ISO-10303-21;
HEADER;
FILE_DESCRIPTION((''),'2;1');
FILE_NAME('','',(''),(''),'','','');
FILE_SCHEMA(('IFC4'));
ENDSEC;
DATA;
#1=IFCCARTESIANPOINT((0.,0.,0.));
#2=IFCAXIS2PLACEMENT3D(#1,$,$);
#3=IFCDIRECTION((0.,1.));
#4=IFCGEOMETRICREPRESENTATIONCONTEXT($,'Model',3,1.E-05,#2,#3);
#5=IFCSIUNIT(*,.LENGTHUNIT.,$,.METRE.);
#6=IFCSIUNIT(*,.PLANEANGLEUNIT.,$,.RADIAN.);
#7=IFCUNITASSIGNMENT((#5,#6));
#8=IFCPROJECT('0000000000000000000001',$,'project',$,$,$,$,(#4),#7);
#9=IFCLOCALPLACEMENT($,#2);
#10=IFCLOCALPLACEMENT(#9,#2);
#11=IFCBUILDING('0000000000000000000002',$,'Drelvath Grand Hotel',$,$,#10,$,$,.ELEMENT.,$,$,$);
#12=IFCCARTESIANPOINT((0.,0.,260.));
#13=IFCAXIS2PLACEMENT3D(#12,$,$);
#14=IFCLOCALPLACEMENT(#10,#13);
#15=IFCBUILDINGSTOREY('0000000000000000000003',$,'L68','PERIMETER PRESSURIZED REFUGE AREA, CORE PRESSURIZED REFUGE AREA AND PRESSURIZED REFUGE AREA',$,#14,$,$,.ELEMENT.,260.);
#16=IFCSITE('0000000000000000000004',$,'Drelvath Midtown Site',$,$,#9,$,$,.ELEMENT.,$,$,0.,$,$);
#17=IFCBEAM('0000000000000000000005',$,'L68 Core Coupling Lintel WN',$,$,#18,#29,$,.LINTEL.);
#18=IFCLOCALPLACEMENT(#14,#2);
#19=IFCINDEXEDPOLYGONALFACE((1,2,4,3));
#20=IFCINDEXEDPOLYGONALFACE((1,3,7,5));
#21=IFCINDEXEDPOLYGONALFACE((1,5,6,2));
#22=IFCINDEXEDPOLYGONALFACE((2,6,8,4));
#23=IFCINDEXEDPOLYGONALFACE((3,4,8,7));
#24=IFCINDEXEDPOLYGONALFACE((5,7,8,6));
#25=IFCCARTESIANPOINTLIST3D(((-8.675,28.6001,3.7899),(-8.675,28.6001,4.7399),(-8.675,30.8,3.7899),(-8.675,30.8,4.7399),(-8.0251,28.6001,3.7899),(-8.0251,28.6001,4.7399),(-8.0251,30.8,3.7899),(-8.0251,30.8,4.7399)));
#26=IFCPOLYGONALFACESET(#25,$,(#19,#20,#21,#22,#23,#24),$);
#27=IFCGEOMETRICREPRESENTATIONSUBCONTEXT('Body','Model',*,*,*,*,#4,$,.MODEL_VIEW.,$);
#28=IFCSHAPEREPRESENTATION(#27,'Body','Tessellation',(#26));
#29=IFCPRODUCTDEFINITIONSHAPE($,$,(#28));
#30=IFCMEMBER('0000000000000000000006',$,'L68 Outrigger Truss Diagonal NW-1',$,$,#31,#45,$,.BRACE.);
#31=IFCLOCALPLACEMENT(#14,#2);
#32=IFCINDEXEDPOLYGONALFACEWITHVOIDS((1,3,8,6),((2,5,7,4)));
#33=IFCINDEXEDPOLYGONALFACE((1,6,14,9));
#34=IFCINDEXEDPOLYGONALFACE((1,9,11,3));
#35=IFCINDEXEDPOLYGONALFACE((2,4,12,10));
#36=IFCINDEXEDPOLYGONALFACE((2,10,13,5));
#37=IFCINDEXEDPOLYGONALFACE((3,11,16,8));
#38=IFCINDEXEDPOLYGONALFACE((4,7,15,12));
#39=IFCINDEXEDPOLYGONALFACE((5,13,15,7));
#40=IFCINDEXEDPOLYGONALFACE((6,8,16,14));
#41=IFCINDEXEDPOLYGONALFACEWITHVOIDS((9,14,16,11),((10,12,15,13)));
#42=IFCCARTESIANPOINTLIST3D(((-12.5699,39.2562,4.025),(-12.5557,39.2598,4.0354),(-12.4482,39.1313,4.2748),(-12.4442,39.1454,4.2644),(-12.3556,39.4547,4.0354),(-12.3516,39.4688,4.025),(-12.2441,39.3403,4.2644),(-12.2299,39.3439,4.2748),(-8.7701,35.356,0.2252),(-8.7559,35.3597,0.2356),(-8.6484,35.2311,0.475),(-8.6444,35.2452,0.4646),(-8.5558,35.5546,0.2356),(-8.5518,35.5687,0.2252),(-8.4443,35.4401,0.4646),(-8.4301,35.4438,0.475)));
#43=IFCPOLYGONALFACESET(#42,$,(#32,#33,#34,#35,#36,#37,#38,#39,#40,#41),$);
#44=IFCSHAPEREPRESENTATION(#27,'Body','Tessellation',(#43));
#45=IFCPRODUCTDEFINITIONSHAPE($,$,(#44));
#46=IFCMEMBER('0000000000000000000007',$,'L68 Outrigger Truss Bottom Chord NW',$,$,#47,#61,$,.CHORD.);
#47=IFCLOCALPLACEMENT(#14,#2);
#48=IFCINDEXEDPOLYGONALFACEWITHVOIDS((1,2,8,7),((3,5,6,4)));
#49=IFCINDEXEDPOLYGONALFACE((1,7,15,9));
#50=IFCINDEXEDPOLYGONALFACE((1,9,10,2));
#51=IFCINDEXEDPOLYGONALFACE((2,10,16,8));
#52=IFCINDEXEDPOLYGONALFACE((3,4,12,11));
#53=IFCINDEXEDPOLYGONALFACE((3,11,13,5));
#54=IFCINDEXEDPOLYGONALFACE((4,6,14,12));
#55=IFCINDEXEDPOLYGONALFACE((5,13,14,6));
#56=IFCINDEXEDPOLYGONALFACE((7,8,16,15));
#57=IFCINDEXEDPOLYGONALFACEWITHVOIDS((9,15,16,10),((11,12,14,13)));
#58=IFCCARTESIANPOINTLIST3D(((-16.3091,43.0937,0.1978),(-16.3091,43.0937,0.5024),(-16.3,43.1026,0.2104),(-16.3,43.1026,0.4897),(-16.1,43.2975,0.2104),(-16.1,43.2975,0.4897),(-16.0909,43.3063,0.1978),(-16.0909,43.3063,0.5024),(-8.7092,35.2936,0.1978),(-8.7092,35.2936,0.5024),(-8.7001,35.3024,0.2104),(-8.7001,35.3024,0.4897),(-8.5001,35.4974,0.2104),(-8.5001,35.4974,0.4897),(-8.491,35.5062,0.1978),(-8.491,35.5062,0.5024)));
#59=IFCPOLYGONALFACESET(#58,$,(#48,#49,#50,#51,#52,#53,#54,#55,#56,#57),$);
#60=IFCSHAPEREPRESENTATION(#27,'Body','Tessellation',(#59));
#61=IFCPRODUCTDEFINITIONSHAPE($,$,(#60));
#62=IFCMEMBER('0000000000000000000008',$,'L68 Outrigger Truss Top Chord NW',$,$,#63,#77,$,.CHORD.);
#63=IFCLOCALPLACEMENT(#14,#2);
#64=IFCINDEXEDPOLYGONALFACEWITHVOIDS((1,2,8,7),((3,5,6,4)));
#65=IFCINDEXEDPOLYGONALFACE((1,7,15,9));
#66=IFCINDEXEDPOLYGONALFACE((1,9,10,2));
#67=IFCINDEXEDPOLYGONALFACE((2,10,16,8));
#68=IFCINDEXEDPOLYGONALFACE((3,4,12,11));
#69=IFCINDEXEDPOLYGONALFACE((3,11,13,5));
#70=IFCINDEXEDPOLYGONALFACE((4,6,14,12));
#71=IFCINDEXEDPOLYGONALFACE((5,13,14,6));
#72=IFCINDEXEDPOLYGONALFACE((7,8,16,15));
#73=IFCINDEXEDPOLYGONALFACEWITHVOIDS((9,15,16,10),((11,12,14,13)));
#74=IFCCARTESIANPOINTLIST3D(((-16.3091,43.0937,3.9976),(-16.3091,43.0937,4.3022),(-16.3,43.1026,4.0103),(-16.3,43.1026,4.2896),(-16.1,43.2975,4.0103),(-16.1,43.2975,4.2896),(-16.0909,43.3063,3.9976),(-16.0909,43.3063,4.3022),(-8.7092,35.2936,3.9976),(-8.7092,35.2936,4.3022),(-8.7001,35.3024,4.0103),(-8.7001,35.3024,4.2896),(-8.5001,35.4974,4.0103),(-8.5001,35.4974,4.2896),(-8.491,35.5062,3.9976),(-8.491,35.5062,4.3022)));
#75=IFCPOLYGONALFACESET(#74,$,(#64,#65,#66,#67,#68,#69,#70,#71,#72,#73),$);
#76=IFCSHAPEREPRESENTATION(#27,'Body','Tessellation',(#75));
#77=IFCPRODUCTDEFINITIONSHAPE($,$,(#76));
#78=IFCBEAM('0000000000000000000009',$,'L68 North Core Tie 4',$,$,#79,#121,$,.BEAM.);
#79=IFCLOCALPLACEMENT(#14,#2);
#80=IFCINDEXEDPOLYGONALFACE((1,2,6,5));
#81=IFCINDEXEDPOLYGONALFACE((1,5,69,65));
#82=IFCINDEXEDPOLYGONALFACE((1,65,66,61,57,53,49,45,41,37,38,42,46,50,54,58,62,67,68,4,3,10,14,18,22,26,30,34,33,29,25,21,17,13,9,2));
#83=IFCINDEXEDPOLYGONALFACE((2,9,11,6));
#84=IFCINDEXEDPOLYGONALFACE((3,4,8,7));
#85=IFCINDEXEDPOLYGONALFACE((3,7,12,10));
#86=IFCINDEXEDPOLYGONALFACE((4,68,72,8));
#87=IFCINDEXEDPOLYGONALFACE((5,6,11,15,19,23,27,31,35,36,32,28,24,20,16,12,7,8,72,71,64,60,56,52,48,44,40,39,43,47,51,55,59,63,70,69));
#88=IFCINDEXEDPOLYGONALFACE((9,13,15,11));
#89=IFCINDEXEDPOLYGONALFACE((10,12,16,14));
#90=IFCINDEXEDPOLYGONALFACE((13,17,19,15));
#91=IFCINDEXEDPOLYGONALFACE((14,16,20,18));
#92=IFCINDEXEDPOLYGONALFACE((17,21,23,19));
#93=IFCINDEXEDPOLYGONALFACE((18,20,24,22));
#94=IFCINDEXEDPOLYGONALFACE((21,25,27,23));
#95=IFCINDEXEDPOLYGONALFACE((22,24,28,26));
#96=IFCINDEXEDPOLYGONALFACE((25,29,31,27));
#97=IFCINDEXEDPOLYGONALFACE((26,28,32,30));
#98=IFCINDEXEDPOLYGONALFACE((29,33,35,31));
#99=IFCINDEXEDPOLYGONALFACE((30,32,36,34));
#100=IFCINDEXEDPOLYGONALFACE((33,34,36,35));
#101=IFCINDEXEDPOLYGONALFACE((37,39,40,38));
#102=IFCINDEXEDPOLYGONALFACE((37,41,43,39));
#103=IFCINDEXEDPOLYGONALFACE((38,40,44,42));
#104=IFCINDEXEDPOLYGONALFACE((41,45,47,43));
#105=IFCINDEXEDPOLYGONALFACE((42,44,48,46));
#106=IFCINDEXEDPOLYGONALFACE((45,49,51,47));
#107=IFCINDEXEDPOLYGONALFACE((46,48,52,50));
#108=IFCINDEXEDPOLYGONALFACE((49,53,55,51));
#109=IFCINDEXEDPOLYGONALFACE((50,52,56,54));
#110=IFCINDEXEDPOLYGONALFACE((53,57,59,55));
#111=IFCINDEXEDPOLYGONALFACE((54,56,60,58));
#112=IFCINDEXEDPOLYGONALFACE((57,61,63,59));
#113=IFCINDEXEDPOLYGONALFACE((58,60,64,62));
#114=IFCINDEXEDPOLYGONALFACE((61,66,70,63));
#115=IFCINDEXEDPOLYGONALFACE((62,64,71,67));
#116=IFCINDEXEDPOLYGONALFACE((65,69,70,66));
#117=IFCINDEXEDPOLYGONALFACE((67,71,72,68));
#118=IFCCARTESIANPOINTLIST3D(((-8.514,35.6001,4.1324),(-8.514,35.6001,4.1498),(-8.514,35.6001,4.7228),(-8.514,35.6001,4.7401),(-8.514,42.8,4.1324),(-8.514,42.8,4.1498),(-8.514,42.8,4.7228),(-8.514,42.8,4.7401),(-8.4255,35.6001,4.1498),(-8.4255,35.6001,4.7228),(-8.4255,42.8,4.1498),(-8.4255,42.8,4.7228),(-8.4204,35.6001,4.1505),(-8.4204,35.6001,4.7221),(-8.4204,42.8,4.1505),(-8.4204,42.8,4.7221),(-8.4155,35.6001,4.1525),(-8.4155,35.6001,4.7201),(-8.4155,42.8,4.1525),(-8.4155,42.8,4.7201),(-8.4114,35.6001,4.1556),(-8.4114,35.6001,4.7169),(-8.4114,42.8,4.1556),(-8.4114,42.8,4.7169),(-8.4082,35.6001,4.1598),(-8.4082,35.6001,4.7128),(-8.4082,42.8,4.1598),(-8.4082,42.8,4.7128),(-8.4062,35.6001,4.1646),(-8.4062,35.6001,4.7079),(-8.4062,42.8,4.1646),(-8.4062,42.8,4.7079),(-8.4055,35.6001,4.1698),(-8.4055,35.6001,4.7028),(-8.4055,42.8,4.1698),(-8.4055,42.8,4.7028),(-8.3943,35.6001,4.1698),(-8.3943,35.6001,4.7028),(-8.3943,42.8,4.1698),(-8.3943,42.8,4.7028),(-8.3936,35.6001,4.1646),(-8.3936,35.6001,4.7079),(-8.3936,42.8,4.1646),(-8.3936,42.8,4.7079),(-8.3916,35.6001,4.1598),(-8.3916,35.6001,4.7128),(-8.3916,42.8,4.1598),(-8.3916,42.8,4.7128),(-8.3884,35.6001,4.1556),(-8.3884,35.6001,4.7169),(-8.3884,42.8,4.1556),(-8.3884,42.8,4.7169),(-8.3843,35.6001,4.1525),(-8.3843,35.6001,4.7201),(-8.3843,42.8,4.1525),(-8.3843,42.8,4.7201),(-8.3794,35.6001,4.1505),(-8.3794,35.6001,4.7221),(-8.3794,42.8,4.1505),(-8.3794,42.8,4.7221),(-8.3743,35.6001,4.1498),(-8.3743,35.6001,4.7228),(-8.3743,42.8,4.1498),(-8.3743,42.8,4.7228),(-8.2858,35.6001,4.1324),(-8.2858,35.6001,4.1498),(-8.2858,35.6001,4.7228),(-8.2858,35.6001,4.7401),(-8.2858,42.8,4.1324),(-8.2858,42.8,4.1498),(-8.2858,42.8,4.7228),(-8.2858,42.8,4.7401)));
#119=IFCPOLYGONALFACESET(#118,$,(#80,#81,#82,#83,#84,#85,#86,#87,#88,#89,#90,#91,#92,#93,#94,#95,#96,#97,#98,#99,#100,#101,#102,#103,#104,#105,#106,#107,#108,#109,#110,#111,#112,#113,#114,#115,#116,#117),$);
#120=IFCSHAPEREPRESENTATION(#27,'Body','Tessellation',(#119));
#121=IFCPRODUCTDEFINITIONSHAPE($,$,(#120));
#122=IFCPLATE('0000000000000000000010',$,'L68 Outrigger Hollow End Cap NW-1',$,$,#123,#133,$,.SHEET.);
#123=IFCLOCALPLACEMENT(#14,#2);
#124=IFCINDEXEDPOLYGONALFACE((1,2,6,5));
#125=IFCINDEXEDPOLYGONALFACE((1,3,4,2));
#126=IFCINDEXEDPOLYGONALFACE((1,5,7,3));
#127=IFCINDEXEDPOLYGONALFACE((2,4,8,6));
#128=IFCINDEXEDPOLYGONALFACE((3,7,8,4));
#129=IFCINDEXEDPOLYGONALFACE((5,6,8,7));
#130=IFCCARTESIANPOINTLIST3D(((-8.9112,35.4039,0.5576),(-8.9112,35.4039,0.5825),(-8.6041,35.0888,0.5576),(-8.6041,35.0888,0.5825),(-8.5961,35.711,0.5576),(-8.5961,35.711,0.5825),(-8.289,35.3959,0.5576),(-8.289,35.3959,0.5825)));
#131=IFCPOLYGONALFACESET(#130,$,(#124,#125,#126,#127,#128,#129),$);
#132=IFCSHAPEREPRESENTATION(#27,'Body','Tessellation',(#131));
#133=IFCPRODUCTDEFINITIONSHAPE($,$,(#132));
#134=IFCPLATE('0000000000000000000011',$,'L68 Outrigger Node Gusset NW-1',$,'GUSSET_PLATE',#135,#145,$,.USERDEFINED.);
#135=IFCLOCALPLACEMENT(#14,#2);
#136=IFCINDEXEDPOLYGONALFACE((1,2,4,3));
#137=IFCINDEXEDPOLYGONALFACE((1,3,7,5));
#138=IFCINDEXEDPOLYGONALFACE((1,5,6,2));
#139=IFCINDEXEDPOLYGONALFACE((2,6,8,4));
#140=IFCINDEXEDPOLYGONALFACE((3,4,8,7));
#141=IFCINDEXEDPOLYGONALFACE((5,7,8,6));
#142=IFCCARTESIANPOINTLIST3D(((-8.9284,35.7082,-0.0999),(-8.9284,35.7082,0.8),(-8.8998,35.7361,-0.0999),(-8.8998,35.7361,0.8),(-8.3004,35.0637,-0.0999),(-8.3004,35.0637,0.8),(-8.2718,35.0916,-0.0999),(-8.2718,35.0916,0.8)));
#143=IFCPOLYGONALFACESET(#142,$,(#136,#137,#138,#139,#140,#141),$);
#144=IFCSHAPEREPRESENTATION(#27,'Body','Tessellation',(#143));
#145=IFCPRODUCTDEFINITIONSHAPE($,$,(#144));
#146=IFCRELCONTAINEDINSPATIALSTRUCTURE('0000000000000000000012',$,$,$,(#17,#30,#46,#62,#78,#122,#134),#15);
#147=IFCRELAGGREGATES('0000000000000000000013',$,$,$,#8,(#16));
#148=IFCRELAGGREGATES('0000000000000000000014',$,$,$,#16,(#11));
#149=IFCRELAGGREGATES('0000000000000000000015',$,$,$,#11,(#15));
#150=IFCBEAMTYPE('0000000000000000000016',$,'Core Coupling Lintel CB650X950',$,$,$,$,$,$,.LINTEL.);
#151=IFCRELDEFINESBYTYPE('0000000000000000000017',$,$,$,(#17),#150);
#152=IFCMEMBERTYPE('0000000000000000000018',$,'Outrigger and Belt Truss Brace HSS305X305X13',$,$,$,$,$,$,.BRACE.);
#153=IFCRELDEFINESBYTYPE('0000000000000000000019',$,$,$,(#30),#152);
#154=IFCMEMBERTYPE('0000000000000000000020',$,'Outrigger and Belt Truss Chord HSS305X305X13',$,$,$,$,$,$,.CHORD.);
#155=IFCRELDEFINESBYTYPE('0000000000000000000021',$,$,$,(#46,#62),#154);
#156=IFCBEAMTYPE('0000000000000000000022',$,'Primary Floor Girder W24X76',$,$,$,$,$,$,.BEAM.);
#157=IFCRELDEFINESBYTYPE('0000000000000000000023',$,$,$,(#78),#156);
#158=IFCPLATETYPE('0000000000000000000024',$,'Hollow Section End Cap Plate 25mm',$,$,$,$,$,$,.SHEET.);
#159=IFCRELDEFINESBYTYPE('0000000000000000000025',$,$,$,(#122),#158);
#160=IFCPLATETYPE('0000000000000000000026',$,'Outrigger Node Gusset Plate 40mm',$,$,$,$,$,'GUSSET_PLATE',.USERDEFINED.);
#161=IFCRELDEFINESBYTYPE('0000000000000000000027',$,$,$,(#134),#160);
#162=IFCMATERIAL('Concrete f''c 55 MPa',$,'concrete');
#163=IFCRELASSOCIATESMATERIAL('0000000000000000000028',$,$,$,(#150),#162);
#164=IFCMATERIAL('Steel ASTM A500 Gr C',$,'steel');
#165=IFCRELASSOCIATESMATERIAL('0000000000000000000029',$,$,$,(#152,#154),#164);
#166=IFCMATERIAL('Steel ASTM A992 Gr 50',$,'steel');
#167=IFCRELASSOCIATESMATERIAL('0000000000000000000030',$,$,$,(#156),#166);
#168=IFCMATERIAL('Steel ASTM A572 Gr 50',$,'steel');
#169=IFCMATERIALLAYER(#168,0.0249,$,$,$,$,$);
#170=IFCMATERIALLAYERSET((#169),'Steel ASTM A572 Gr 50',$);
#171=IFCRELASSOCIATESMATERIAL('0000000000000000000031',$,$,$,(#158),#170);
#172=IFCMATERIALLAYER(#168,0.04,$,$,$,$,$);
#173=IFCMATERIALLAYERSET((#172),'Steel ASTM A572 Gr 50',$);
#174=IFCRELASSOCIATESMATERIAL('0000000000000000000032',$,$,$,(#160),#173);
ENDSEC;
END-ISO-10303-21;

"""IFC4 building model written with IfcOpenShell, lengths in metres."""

from ifc_helpers import new_model, si_unit, direction, frame, origin, origin_2d, place, context, subcontext, project, spatial, rectangle, hollow_rectangle, i_section, extrude, material, layer, layer_set, material_profile, profile_set, type_object, element, save


model = new_model("IFC4")

# Units and contexts
model_context = context("Model", 3, precision=1e-05, world=origin(), true_north=direction((0.0, 1.0)))
body_context = subcontext(model_context, "Body", "Model", "MODEL_VIEW")
ifc_project = project(units=[si_unit("LENGTHUNIT", "METRE"), si_unit("PLANEANGLEUNIT", "RADIAN")], contexts=[model_context])

# Site, building, storey
site_placement = place(None, origin())
site = spatial("IfcSite", under=ifc_project, at=site_placement, Name="Drelvath Midtown Site", CompositionType="ELEMENT", RefElevation=0.0)
building_placement = place(site_placement, origin())
building = spatial("IfcBuilding", under=site, at=building_placement, Name="Drelvath Grand Hotel", CompositionType="ELEMENT")
storey_placement = place(building_placement, frame((0.0, 0.0, 260.0)))
storey = spatial("IfcBuildingStorey", under=building, at=storey_placement, Name="L68", Description="PERIMETER PRESSURIZED REFUGE AREA, CORE PRESSURIZED REFUGE AREA AND PRESSURIZED REFUGE AREA", CompositionType="ELEMENT", Elevation=260.0)

# Beam
ifc_material_1 = material(Name="Concrete f'c 55 MPa", Category="concrete")
ifc_material_profile_1 = material_profile(ifc_material_1, rectangle(XDim=0.6499, YDim=0.95, at=origin_2d()), Name="CB650X950")
ifc_profile_set_1 = profile_set([ifc_material_profile_1], Name="Concrete f'c 55 MPa")
beam_type_1 = type_object("IfcBeamType", Name="Core Coupling Lintel CB650X950", PredefinedType="LINTEL", material=ifc_profile_set_1)
beam_1_placement = place(storey_placement, frame((-8.3501, 28.6001, 4.2649), z_axis=(0.0, 1.0, 0.0), x_axis=(-1.0, 0.0, 0.0)))
element("IfcBeam", 1, at=beam_1_placement, inside=storey, type_object=beam_type_1, Name="L68 Core Coupling Lintel WN", PredefinedType="LINTEL", context=body_context, shape_type="SweptSolid", body=[
    extrude(rectangle(XDim=0.6499, YDim=0.95, at=origin_2d()), origin(), (0.0, 0.0, 1.0), 2.2),
])

# Members
ifc_material_2 = material(Name="Steel ASTM A500 Gr C", Category="steel")
ifc_material_profile_2 = material_profile(ifc_material_2, hollow_rectangle(XDim=0.3047, YDim=0.3047, WallThickness=0.0127, at=origin_2d()), Name="HSS305X305X13")
ifc_profile_set_2 = profile_set([ifc_material_profile_2], Name="Steel ASTM A500 Gr C")
member_type_1 = type_object("IfcMemberType", Name="Outrigger and Belt Truss Brace HSS305X305X13", PredefinedType="BRACE", material=ifc_profile_set_2)
member_placement = place(storey_placement, frame((-8.6001, 35.3999, 0.3501), z_axis=(-0.572269, 0.587381, 0.572269), x_axis=(-0.716261, -0.697833, 0.0)))
element("IfcMember", 2, at=member_placement, inside=storey, type_object=member_type_1, Name="L68 Outrigger Truss Diagonal NW-1", PredefinedType="BRACE", context=body_context, shape_type="SweptSolid", body=[
    extrude(hollow_rectangle(XDim=0.3047, YDim=0.3047, WallThickness=0.0127, at=origin_2d()), origin(), (0.0, 0.0, 1.0), 6.6399),
])
ifc_material_profile_3 = material_profile(ifc_material_2, hollow_rectangle(XDim=0.3047, YDim=0.3047, WallThickness=0.0127, at=origin_2d()), Name="HSS305X305X13")
ifc_profile_set_3 = profile_set([ifc_material_profile_3], Name="Steel ASTM A500 Gr C")
member_type_2 = type_object("IfcMemberType", Name="Outrigger and Belt Truss Chord HSS305X305X13", PredefinedType="CHORD", material=ifc_profile_set_3)
for number, where, z_axis, x_axis, name in (
    (3, (-8.6001, 35.3999, 0.3501), (-0.697856, 0.716238, 0.0), (-0.716238, -0.697856, 0.0), "L68 Outrigger Truss Bottom Chord NW"),
    (4, (-8.6001, 35.3999, 4.1499), (-0.697856, 0.716238, 0.0), (-0.716238, -0.697856, 0.0), "L68 Outrigger Truss Top Chord NW"),
):
    element("IfcMember", number, at=place(storey_placement, frame(where, z_axis=z_axis, x_axis=x_axis)), inside=storey, type_object=member_type_2, Name=name, PredefinedType="CHORD", context=body_context, shape_type="SweptSolid", body=[
        extrude(hollow_rectangle(XDim=0.3047, YDim=0.3047, WallThickness=0.0127, at=origin_2d()), origin(), (0.0, 0.0, 1.0), 10.8904),
    ])

# Beam
ifc_material_3 = material(Name="Steel ASTM A992 Gr 50", Category="steel")
ifc_material_profile_4 = material_profile(ifc_material_3, i_section(OverallWidth=0.2283, OverallDepth=0.6077, WebThickness=0.0112, FlangeThickness=0.0173, FilletRadius=0.02, at=origin_2d()), Name="W24X76")
ifc_profile_set_4 = profile_set([ifc_material_profile_4], Name="Steel ASTM A992 Gr 50")
beam_type_2 = type_object("IfcBeamType", Name="Primary Floor Girder W24X76", PredefinedType="BEAM", material=ifc_profile_set_4)
beam_2_placement = place(storey_placement, frame((-8.3999, 35.6001, 4.4363), z_axis=(0.0, 1.0, 0.0), x_axis=(-1.0, 0.0, 0.0)))
element("IfcBeam", 5, at=beam_2_placement, inside=storey, type_object=beam_type_2, Name="L68 North Core Tie 4", PredefinedType="BEAM", context=body_context, shape_type="SweptSolid", body=[
    extrude(i_section(OverallWidth=0.2283, OverallDepth=0.6077, WebThickness=0.0112, FlangeThickness=0.0173, FilletRadius=0.02, at=origin_2d()), origin(), (0.0, 0.0, 1.0), 7.2),
])

# Plates
ifc_material_4 = material(Name="Steel ASTM A572 Gr 50", Category="steel")
ifc_layer_1 = layer(ifc_material_4, 0.0249)
ifc_layer_set_1 = layer_set([ifc_layer_1], Name="Steel ASTM A572 Gr 50")
plate_type_1 = type_object("IfcPlateType", Name="Hollow Section End Cap Plate 25mm", PredefinedType="SHEET", material=ifc_layer_set_1)
plate_1_placement = place(storey_placement, frame((-8.6001, 35.3999, 0.5576), z_axis=(0.0, 0.0, 1.0), x_axis=(-0.697865, 0.71623, 0.0)))
element("IfcPlate", 6, at=plate_1_placement, inside=storey, type_object=plate_type_1, Name="L68 Outrigger Hollow End Cap NW-1", PredefinedType="SHEET", context=body_context, shape_type="SweptSolid", body=[
    extrude(rectangle(XDim=0.4399, YDim=0.4399, at=origin_2d()), origin(), (0.0, 0.0, 1.0), 0.0249),
])
ifc_layer_2 = layer(ifc_material_4, 0.04)
ifc_layer_set_2 = layer_set([ifc_layer_2], Name="Steel ASTM A572 Gr 50")
plate_type_2 = type_object("IfcPlateType", Name="Outrigger Node Gusset Plate 40mm", ElementType="GUSSET_PLATE", PredefinedType="USERDEFINED", material=ifc_layer_set_2)
plate_2_placement = place(storey_placement, frame((-8.6001, 35.3999, -0.0999), z_axis=(0.0, 0.0, 1.0), x_axis=(-0.697865, 0.71623, 0.0)))
element("IfcPlate", 7, at=plate_2_placement, inside=storey, type_object=plate_type_2, Name="L68 Outrigger Node Gusset NW-1", ObjectType="GUSSET_PLATE", PredefinedType="USERDEFINED", context=body_context, shape_type="SweptSolid", body=[
    extrude(rectangle(XDim=0.8999, YDim=0.04, at=origin_2d()), origin(), (0.0, 0.0, 1.0), 0.8999),
])

save(model, "model.ifc")
